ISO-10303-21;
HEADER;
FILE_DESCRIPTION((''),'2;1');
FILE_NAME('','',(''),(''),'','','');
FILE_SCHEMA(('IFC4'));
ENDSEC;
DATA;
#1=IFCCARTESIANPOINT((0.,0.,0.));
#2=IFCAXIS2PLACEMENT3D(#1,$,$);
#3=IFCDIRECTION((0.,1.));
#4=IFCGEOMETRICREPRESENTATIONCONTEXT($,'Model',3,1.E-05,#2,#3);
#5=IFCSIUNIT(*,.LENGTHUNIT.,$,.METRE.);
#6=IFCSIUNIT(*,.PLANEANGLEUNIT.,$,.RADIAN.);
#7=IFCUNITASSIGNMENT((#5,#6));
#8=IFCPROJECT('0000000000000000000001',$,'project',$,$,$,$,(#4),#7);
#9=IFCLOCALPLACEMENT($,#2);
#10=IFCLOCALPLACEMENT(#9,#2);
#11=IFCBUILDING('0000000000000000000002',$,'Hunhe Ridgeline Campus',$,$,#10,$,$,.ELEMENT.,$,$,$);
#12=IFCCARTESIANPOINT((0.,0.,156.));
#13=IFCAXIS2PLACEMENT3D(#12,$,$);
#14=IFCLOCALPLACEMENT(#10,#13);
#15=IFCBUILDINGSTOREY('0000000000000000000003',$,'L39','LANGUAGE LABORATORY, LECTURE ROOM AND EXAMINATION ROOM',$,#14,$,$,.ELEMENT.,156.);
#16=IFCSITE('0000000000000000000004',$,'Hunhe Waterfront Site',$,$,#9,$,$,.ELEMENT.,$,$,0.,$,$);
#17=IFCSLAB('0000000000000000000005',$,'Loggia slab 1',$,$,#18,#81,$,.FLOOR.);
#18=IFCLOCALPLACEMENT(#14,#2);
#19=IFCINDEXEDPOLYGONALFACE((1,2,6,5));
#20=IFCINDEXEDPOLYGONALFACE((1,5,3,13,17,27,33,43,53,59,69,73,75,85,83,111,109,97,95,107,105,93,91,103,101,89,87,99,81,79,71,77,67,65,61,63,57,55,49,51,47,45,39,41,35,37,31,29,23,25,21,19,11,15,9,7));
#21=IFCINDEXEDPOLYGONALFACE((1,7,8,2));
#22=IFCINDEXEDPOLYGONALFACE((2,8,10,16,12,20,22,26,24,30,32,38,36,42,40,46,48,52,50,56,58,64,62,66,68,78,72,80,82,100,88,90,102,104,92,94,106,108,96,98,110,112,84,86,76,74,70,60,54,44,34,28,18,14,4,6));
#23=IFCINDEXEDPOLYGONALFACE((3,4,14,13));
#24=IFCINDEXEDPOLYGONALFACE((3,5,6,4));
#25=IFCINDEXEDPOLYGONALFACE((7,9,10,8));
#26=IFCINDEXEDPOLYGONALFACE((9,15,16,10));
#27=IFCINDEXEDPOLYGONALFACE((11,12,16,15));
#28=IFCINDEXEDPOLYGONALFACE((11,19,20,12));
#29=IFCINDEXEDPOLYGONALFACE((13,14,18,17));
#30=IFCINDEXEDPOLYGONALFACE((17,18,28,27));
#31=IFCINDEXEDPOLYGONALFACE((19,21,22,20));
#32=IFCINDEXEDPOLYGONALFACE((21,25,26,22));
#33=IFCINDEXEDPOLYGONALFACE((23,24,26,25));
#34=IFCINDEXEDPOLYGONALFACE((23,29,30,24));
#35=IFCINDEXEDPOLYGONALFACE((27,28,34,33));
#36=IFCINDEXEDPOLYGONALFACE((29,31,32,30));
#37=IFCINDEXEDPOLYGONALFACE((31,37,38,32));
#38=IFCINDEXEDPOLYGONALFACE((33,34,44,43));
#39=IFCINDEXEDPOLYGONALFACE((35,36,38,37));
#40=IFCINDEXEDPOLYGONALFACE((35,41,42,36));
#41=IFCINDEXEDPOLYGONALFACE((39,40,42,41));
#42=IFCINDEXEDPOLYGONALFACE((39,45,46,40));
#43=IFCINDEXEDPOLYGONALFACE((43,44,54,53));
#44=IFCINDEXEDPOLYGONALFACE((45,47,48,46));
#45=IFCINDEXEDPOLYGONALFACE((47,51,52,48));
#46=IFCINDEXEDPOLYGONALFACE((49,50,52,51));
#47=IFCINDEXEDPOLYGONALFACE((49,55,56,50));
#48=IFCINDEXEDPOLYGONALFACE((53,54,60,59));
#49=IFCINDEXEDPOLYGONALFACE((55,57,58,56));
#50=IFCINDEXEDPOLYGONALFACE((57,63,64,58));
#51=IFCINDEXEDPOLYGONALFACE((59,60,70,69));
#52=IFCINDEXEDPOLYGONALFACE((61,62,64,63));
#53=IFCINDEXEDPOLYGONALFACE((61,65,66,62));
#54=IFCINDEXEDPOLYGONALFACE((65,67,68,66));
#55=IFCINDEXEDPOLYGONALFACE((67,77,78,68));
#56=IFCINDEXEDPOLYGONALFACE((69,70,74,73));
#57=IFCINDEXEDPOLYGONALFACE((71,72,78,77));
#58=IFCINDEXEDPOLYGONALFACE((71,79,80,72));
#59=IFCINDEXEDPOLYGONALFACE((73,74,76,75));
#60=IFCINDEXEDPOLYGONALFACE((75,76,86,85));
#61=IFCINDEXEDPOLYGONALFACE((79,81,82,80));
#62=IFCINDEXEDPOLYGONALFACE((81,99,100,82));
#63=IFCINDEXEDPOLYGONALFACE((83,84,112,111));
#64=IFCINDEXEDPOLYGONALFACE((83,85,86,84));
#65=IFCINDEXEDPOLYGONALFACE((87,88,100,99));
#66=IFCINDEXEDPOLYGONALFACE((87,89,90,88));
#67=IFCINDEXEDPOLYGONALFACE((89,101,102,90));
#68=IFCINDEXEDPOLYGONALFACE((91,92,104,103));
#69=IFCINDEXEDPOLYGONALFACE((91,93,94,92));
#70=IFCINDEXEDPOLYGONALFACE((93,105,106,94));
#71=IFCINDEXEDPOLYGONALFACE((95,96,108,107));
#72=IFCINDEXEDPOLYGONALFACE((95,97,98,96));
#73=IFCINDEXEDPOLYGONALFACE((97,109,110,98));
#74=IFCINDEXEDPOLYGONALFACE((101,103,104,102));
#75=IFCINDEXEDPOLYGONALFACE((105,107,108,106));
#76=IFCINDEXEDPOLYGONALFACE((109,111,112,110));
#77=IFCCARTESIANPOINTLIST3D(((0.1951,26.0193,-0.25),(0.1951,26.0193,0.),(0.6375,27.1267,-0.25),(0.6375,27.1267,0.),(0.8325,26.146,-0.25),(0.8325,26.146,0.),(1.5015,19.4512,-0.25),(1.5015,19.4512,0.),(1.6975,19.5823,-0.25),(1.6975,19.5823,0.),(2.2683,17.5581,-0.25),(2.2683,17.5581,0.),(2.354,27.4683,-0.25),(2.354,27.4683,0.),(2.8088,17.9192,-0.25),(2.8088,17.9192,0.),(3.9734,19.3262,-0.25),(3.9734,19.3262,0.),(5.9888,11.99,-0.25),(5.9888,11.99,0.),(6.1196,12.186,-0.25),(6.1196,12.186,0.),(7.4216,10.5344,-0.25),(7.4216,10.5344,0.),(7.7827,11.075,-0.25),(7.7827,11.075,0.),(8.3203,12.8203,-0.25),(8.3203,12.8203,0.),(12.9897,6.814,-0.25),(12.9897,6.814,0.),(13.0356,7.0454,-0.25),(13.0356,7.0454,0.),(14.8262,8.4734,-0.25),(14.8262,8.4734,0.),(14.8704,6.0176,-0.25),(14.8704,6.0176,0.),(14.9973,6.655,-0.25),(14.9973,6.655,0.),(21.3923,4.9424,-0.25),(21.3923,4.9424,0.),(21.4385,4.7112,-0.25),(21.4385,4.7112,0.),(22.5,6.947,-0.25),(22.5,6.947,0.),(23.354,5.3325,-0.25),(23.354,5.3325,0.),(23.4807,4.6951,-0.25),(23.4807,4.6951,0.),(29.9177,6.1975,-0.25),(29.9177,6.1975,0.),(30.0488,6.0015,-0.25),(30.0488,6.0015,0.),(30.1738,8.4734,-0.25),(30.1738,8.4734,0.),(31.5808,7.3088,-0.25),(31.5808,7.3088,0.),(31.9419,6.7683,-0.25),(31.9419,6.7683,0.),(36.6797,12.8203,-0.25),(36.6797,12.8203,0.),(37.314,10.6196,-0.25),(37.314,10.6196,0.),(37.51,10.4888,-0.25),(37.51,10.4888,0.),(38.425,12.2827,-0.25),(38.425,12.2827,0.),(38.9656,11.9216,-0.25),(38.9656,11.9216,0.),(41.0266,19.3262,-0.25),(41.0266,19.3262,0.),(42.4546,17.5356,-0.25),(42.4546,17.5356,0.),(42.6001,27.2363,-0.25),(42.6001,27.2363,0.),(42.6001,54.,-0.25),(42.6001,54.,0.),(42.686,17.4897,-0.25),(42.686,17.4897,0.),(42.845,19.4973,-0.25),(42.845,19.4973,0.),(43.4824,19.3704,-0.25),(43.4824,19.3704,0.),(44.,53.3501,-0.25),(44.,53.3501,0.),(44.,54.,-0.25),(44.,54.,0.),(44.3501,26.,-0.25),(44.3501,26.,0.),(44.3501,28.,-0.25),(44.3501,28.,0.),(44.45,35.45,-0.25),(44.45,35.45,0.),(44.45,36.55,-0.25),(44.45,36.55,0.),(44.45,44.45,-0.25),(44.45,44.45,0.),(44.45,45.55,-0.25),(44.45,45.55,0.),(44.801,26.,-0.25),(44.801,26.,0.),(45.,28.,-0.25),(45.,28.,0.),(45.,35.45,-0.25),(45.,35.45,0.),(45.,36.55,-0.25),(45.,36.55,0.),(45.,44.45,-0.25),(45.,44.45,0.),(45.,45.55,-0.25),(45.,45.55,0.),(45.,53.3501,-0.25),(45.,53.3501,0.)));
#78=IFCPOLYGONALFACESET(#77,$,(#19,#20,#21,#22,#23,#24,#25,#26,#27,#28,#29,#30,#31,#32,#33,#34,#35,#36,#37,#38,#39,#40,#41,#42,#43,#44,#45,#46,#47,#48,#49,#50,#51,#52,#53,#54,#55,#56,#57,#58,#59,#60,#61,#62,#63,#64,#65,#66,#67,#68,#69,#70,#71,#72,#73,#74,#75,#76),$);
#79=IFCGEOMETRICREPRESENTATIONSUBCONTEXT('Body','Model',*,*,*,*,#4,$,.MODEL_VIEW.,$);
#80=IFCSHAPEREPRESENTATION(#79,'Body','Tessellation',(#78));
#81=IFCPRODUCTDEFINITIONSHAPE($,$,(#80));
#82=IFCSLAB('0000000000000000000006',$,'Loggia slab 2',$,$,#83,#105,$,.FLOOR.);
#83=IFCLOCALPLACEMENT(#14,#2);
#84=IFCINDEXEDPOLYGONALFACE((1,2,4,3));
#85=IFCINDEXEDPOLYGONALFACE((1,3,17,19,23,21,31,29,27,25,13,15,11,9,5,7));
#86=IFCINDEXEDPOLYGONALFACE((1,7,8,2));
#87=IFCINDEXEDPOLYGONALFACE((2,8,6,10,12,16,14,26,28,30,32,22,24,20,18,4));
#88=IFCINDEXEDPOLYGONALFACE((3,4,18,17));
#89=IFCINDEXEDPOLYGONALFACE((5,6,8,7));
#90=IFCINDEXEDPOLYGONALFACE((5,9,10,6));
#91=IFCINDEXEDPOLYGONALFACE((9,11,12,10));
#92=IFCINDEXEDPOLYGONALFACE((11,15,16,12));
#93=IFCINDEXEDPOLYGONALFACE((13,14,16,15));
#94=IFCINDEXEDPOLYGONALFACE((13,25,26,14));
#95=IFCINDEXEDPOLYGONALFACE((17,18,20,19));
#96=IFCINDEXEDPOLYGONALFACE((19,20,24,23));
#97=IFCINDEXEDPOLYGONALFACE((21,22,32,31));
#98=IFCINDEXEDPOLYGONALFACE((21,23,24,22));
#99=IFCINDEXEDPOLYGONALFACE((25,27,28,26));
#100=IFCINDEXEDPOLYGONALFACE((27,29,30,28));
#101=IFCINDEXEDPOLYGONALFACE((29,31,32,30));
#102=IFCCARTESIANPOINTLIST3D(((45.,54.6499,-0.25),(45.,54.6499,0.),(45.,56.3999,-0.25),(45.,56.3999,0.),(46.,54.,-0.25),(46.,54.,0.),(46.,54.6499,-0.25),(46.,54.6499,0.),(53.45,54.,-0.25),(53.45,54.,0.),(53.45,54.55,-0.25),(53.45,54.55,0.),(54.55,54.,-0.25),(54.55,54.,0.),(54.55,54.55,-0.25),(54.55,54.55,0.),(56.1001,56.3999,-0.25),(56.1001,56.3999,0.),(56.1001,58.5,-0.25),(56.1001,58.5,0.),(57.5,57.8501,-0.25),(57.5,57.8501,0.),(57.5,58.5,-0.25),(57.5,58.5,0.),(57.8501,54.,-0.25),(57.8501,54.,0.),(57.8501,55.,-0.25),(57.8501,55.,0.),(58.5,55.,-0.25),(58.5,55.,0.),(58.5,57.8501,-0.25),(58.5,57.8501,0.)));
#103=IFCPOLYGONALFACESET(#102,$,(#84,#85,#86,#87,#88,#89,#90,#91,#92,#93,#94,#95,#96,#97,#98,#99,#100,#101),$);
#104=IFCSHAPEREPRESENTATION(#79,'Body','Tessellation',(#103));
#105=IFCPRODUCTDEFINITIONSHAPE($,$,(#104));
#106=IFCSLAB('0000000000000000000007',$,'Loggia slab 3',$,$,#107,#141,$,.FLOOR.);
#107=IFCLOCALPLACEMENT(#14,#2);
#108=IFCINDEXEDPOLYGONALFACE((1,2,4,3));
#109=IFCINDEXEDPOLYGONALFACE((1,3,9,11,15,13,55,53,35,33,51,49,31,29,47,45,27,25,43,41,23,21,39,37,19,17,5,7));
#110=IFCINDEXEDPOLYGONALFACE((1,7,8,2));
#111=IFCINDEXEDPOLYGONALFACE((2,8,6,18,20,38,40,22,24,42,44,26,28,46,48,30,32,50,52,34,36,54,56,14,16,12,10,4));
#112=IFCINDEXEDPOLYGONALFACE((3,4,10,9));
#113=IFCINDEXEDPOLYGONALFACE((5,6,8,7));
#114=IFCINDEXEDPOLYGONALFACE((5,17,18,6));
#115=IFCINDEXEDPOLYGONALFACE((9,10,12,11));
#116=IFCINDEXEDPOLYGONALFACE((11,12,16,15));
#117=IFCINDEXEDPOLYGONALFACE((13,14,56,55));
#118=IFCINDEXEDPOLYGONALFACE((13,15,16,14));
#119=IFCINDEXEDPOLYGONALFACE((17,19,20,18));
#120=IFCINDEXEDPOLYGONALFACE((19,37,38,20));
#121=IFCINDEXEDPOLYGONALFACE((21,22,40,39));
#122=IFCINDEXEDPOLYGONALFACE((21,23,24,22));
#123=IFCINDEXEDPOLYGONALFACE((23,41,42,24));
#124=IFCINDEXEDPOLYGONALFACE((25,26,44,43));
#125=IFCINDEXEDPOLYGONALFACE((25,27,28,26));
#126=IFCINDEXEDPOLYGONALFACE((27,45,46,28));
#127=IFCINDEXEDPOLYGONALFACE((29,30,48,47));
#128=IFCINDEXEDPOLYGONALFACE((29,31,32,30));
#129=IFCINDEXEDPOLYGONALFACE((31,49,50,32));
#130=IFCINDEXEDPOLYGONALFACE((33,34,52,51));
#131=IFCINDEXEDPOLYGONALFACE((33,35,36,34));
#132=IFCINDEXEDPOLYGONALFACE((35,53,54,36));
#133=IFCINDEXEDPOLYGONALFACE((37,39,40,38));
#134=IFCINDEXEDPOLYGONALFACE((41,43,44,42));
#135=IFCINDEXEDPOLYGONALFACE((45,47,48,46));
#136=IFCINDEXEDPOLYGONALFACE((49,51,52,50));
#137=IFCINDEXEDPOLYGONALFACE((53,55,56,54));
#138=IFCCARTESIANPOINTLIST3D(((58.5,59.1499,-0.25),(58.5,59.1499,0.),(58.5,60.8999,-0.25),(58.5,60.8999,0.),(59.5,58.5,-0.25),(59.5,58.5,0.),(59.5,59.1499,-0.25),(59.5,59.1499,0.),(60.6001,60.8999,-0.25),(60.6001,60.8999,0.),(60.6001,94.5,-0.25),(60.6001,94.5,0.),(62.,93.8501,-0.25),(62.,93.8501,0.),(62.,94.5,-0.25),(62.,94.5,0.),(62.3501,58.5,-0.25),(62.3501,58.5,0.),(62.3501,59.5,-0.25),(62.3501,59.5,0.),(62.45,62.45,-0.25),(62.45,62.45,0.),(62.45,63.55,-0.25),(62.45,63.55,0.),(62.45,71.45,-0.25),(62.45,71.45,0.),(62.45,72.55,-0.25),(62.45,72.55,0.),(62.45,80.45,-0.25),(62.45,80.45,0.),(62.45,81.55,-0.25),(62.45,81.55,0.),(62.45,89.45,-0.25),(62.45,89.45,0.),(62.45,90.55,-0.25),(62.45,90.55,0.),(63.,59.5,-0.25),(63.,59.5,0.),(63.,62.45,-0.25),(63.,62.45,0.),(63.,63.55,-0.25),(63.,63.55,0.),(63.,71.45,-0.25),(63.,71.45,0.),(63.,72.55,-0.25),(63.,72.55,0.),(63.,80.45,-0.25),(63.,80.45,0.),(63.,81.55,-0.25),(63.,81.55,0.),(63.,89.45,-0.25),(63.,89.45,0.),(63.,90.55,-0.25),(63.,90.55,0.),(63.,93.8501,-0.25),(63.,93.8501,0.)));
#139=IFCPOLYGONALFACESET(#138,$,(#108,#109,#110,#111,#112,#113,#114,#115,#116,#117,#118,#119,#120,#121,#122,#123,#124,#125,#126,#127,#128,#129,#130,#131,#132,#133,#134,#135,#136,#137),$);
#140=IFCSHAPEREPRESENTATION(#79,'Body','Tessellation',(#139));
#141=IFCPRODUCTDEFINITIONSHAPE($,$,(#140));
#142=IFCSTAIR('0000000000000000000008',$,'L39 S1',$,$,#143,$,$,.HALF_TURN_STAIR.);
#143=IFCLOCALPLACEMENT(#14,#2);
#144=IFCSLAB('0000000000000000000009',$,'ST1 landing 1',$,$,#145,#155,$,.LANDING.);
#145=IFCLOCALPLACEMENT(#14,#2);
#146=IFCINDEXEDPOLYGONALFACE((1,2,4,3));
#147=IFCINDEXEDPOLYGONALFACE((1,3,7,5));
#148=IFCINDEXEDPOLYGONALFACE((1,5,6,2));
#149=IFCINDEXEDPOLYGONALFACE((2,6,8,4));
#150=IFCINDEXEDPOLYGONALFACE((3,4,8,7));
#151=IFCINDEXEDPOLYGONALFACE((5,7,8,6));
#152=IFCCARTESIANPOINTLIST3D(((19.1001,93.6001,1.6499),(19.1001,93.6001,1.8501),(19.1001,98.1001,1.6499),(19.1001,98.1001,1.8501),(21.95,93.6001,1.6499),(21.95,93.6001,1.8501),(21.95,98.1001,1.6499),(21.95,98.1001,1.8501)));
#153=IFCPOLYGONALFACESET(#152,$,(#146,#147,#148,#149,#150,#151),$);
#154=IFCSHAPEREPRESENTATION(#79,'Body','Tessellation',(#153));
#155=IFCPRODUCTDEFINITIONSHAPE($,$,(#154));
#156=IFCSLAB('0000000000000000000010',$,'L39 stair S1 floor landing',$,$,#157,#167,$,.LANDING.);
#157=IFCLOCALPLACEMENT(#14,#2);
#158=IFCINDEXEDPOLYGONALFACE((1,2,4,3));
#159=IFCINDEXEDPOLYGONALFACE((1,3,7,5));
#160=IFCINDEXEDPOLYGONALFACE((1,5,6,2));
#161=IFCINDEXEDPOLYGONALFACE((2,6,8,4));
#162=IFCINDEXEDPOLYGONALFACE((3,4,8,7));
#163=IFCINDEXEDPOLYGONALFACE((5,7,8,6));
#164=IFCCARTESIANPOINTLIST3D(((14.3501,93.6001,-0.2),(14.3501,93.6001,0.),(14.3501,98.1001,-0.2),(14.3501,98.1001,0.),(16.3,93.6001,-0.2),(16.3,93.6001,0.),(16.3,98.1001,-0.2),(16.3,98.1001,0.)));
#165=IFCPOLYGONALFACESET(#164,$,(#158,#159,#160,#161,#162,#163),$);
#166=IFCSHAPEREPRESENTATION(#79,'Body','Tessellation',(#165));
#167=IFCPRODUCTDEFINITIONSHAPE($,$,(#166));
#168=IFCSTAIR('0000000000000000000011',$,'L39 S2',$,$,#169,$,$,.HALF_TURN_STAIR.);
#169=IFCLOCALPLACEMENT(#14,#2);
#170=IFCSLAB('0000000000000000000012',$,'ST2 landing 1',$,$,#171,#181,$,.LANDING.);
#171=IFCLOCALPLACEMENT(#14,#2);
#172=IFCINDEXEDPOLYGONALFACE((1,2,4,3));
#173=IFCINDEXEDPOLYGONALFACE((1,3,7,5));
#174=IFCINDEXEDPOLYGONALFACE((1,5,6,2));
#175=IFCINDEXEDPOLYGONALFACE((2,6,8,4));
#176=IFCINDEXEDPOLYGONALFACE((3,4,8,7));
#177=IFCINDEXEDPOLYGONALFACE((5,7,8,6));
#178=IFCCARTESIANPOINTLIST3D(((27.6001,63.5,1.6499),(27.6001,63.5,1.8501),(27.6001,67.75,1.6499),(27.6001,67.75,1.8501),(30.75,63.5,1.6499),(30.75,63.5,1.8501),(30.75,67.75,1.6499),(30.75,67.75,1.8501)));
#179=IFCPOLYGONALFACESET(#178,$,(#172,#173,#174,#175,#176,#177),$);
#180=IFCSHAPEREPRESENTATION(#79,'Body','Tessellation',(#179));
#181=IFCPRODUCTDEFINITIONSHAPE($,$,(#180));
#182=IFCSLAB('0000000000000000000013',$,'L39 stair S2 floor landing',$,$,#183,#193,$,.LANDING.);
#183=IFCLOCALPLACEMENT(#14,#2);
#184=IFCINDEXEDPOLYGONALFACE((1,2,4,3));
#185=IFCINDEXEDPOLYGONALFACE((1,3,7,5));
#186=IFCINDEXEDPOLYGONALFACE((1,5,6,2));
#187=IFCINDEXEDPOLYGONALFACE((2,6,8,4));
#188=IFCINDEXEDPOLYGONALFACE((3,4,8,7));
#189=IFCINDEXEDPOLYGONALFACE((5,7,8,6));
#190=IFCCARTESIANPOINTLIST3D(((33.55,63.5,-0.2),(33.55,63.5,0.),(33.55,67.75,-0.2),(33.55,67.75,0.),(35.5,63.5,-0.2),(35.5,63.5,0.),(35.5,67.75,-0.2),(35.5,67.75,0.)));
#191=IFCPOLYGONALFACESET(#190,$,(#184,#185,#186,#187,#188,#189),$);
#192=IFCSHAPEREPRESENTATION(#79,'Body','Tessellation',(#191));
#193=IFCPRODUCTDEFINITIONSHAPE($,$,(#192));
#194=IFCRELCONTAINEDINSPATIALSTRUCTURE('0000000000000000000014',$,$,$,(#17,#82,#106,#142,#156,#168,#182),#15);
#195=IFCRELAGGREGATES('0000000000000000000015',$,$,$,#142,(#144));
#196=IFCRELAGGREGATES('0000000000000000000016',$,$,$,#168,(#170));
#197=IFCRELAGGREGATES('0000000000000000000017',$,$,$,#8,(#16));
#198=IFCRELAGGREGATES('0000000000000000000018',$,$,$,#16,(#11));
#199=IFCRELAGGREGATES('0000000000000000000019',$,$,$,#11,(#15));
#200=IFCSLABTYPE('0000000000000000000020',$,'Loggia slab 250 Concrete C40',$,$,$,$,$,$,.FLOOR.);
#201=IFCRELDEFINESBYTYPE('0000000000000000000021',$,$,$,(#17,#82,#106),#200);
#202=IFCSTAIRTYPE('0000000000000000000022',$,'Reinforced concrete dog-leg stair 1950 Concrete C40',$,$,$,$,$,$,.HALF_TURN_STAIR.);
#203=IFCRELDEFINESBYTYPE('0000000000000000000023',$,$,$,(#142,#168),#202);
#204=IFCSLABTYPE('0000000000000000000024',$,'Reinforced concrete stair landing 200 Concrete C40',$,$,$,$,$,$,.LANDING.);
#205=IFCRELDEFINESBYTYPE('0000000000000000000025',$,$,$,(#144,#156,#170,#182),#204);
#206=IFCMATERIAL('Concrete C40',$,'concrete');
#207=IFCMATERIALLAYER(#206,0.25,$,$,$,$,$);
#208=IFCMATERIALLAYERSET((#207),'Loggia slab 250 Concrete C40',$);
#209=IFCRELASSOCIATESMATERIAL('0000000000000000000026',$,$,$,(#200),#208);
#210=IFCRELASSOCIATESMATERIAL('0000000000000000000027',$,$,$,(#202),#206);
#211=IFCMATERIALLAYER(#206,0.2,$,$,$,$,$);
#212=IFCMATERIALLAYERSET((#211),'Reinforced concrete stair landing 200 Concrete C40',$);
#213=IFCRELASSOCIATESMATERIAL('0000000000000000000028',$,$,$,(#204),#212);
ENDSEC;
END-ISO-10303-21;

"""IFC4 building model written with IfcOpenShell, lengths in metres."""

from ifc_helpers import new_model, si_unit, direction, frame, origin, place, context, subcontext, project, spatial, polyline, outline, extrude, material, layer, layer_set, type_object, element, aggregate, save


model = new_model("IFC4")

# Units and contexts
model_context = context("Model", 3, precision=1e-05, world=origin(), true_north=direction((0.0, 1.0)))
body_context = subcontext(model_context, "Body", "Model", "MODEL_VIEW")
ifc_project = project(units=[si_unit("LENGTHUNIT", "METRE"), si_unit("PLANEANGLEUNIT", "RADIAN")], contexts=[model_context])

# Site, building, storey
site_placement = place(None, origin())
site = spatial("IfcSite", under=ifc_project, at=site_placement, Name="Hunhe Waterfront Site", CompositionType="ELEMENT", RefElevation=0.0)
building_placement = place(site_placement, origin())
building = spatial("IfcBuilding", under=site, at=building_placement, Name="Hunhe Ridgeline Campus", CompositionType="ELEMENT")
storey_placement = place(building_placement, frame((0.0, 0.0, 156.0)))
storey = spatial("IfcBuildingStorey", under=building, at=storey_placement, Name="L39", Description="LANGUAGE LABORATORY, LECTURE ROOM AND EXAMINATION ROOM", CompositionType="ELEMENT", Elevation=156.0)

# Slabs
ifc_material_1 = material(Name="Concrete C40", Category="concrete")
ifc_layer_1 = layer(ifc_material_1, 0.25)
ifc_layer_set_1 = layer_set([ifc_layer_1], Name="Loggia slab 250 Concrete C40")
slab_type_1 = type_object("IfcSlabType", Name="Loggia slab 250 Concrete C40", PredefinedType="FLOOR", material=ifc_layer_set_1)
slab_1_placement = place(storey_placement, frame((0.0, 0.0, -0.25)))
element("IfcSlab", 1, at=slab_1_placement, inside=storey, type_object=slab_type_1, Name="Loggia slab 1", PredefinedType="FLOOR", context=body_context, shape_type="SweptSolid", body=[
    extrude(outline(polyline([(30.1738, 8.4734), (22.5, 6.947), (14.8262, 8.4734), (8.3203, 12.8203), (3.9734, 19.3262), (2.354, 27.4683), (0.6375, 27.1267), (0.8325, 26.146), (0.1951, 26.0193), (1.5015, 19.4512), (1.6975, 19.5823), (2.8088, 17.9192), (2.2683, 17.5581), (5.9888, 11.99), (6.1196, 12.186), (7.7827, 11.075), (7.4216, 10.5344), (12.9897, 6.814), (13.0356, 7.0454), (14.9973, 6.655), (14.8704, 6.0176), (21.4385, 4.7112), (21.3923, 4.9424), (23.354, 5.3325), (23.4807, 4.6951), (30.0488, 6.0015), (29.9177, 6.1975), (31.5808, 7.3088), (31.9419, 6.7683), (37.51, 10.4888), (37.314, 10.6196), (38.425, 12.2827), (38.9656, 11.9216), (42.686, 17.4897), (42.4546, 17.5356), (42.845, 19.4973), (43.4824, 19.3704), (44.801, 26.0), (44.3501, 26.0), (44.3501, 28.0), (45.0, 28.0), (45.0, 35.45), (44.45, 35.45), (44.45, 36.55), (45.0, 36.55), (45.0, 44.45), (44.45, 44.45), (44.45, 45.55), (45.0, 45.55), (45.0, 53.3501), (44.0, 53.3501), (44.0, 54.0), (42.6001, 54.0), (42.6001, 27.2363), (41.0266, 19.3262), (36.6797, 12.8203), (30.1738, 8.4734)])), origin(), (0.0, 0.0, 1.0), 0.25),
])
slab_2_placement = place(storey_placement, frame((0.0, 0.0, -0.25)))
element("IfcSlab", 2, at=slab_2_placement, inside=storey, type_object=slab_type_1, Name="Loggia slab 2", PredefinedType="FLOOR", context=body_context, shape_type="SweptSolid", body=[
    extrude(outline(polyline([(45.0, 54.6499), (46.0, 54.6499), (46.0, 54.0), (53.45, 54.0), (53.45, 54.55), (54.55, 54.55), (54.55, 54.0), (57.8501, 54.0), (57.8501, 55.0), (58.5, 55.0), (58.5, 57.8501), (57.5, 57.8501), (57.5, 58.5), (56.1001, 58.5), (56.1001, 56.3999), (45.0, 56.3999), (45.0, 54.6499)])), origin(), (0.0, 0.0, 1.0), 0.25),
])
slab_3_placement = place(storey_placement, frame((0.0, 0.0, -0.25)))
element("IfcSlab", 3, at=slab_3_placement, inside=storey, type_object=slab_type_1, Name="Loggia slab 3", PredefinedType="FLOOR", context=body_context, shape_type="SweptSolid", body=[
    extrude(outline(polyline([(58.5, 59.1499), (59.5, 59.1499), (59.5, 58.5), (62.3501, 58.5), (62.3501, 59.5), (63.0, 59.5), (63.0, 62.45), (62.45, 62.45), (62.45, 63.55), (63.0, 63.55), (63.0, 71.45), (62.45, 71.45), (62.45, 72.55), (63.0, 72.55), (63.0, 80.45), (62.45, 80.45), (62.45, 81.55), (63.0, 81.55), (63.0, 89.45), (62.45, 89.45), (62.45, 90.55), (63.0, 90.55), (63.0, 93.8501), (62.0, 93.8501), (62.0, 94.5), (60.6001, 94.5), (60.6001, 60.8999), (58.5, 60.8999), (58.5, 59.1499)])), origin(), (0.0, 0.0, 1.0), 0.25),
])

# Stair, slab
stair_type = type_object("IfcStairType", Name="Reinforced concrete dog-leg stair 1950 Concrete C40", PredefinedType="HALF_TURN_STAIR", material=ifc_material_1)
stair_1_placement = place(storey_placement, origin())
stair_1 = element("IfcStair", 4, at=stair_1_placement, inside=storey, type_object=stair_type, Name="L39 S1", PredefinedType="HALF_TURN_STAIR")
ifc_layer_2 = layer(ifc_material_1, 0.2)
ifc_layer_set_2 = layer_set([ifc_layer_2], Name="Reinforced concrete stair landing 200 Concrete C40")
slab_type_2 = type_object("IfcSlabType", Name="Reinforced concrete stair landing 200 Concrete C40", PredefinedType="LANDING", material=ifc_layer_set_2)
slab_4_placement = place(storey_placement, frame((0.0, 0.0, 1.6499)))
slab_4 = element("IfcSlab", 5, at=slab_4_placement, type_object=slab_type_2, Name="ST1 landing 1", PredefinedType="LANDING", context=body_context, shape_type="SweptSolid", body=[
    extrude(outline(polyline([(19.1001, 93.6001), (21.95, 93.6001), (21.95, 98.1001), (19.1001, 98.1001), (19.1001, 93.6001)])), origin(), (0.0, 0.0, 1.0), 0.2002),
])
aggregate(stair_1, [slab_4])

# Slab
slab_5_placement = place(storey_placement, frame((0.0, 0.0, -0.2)))
element("IfcSlab", 6, at=slab_5_placement, inside=storey, type_object=slab_type_2, Name="L39 stair S1 floor landing", PredefinedType="LANDING", context=body_context, shape_type="SweptSolid", body=[
    extrude(outline(polyline([(14.3501, 93.6001), (16.3, 93.6001), (16.3, 98.1001), (14.3501, 98.1001), (14.3501, 93.6001)])), origin(), (0.0, 0.0, 1.0), 0.2),
])

# Stair, slab
stair_2_placement = place(storey_placement, origin())
stair_2 = element("IfcStair", 7, at=stair_2_placement, inside=storey, type_object=stair_type, Name="L39 S2", PredefinedType="HALF_TURN_STAIR")
slab_6_placement = place(storey_placement, frame((0.0, 0.0, 1.6499)))
slab_6 = element("IfcSlab", 8, at=slab_6_placement, type_object=slab_type_2, Name="ST2 landing 1", PredefinedType="LANDING", context=body_context, shape_type="SweptSolid", body=[
    extrude(outline(polyline([(30.75, 67.75), (27.6001, 67.75), (27.6001, 63.5), (30.75, 63.5), (30.75, 67.75)])), origin(), (0.0, 0.0, 1.0), 0.2002),
])
aggregate(stair_2, [slab_6])

# Slab
slab_7_placement = place(storey_placement, frame((0.0, 0.0, -0.2)))
element("IfcSlab", 9, at=slab_7_placement, inside=storey, type_object=slab_type_2, Name="L39 stair S2 floor landing", PredefinedType="LANDING", context=body_context, shape_type="SweptSolid", body=[
    extrude(outline(polyline([(35.5, 67.75), (33.55, 67.75), (33.55, 63.5), (35.5, 63.5), (35.5, 67.75)])), origin(), (0.0, 0.0, 1.0), 0.2),
])

save(model, "model.ifc")
